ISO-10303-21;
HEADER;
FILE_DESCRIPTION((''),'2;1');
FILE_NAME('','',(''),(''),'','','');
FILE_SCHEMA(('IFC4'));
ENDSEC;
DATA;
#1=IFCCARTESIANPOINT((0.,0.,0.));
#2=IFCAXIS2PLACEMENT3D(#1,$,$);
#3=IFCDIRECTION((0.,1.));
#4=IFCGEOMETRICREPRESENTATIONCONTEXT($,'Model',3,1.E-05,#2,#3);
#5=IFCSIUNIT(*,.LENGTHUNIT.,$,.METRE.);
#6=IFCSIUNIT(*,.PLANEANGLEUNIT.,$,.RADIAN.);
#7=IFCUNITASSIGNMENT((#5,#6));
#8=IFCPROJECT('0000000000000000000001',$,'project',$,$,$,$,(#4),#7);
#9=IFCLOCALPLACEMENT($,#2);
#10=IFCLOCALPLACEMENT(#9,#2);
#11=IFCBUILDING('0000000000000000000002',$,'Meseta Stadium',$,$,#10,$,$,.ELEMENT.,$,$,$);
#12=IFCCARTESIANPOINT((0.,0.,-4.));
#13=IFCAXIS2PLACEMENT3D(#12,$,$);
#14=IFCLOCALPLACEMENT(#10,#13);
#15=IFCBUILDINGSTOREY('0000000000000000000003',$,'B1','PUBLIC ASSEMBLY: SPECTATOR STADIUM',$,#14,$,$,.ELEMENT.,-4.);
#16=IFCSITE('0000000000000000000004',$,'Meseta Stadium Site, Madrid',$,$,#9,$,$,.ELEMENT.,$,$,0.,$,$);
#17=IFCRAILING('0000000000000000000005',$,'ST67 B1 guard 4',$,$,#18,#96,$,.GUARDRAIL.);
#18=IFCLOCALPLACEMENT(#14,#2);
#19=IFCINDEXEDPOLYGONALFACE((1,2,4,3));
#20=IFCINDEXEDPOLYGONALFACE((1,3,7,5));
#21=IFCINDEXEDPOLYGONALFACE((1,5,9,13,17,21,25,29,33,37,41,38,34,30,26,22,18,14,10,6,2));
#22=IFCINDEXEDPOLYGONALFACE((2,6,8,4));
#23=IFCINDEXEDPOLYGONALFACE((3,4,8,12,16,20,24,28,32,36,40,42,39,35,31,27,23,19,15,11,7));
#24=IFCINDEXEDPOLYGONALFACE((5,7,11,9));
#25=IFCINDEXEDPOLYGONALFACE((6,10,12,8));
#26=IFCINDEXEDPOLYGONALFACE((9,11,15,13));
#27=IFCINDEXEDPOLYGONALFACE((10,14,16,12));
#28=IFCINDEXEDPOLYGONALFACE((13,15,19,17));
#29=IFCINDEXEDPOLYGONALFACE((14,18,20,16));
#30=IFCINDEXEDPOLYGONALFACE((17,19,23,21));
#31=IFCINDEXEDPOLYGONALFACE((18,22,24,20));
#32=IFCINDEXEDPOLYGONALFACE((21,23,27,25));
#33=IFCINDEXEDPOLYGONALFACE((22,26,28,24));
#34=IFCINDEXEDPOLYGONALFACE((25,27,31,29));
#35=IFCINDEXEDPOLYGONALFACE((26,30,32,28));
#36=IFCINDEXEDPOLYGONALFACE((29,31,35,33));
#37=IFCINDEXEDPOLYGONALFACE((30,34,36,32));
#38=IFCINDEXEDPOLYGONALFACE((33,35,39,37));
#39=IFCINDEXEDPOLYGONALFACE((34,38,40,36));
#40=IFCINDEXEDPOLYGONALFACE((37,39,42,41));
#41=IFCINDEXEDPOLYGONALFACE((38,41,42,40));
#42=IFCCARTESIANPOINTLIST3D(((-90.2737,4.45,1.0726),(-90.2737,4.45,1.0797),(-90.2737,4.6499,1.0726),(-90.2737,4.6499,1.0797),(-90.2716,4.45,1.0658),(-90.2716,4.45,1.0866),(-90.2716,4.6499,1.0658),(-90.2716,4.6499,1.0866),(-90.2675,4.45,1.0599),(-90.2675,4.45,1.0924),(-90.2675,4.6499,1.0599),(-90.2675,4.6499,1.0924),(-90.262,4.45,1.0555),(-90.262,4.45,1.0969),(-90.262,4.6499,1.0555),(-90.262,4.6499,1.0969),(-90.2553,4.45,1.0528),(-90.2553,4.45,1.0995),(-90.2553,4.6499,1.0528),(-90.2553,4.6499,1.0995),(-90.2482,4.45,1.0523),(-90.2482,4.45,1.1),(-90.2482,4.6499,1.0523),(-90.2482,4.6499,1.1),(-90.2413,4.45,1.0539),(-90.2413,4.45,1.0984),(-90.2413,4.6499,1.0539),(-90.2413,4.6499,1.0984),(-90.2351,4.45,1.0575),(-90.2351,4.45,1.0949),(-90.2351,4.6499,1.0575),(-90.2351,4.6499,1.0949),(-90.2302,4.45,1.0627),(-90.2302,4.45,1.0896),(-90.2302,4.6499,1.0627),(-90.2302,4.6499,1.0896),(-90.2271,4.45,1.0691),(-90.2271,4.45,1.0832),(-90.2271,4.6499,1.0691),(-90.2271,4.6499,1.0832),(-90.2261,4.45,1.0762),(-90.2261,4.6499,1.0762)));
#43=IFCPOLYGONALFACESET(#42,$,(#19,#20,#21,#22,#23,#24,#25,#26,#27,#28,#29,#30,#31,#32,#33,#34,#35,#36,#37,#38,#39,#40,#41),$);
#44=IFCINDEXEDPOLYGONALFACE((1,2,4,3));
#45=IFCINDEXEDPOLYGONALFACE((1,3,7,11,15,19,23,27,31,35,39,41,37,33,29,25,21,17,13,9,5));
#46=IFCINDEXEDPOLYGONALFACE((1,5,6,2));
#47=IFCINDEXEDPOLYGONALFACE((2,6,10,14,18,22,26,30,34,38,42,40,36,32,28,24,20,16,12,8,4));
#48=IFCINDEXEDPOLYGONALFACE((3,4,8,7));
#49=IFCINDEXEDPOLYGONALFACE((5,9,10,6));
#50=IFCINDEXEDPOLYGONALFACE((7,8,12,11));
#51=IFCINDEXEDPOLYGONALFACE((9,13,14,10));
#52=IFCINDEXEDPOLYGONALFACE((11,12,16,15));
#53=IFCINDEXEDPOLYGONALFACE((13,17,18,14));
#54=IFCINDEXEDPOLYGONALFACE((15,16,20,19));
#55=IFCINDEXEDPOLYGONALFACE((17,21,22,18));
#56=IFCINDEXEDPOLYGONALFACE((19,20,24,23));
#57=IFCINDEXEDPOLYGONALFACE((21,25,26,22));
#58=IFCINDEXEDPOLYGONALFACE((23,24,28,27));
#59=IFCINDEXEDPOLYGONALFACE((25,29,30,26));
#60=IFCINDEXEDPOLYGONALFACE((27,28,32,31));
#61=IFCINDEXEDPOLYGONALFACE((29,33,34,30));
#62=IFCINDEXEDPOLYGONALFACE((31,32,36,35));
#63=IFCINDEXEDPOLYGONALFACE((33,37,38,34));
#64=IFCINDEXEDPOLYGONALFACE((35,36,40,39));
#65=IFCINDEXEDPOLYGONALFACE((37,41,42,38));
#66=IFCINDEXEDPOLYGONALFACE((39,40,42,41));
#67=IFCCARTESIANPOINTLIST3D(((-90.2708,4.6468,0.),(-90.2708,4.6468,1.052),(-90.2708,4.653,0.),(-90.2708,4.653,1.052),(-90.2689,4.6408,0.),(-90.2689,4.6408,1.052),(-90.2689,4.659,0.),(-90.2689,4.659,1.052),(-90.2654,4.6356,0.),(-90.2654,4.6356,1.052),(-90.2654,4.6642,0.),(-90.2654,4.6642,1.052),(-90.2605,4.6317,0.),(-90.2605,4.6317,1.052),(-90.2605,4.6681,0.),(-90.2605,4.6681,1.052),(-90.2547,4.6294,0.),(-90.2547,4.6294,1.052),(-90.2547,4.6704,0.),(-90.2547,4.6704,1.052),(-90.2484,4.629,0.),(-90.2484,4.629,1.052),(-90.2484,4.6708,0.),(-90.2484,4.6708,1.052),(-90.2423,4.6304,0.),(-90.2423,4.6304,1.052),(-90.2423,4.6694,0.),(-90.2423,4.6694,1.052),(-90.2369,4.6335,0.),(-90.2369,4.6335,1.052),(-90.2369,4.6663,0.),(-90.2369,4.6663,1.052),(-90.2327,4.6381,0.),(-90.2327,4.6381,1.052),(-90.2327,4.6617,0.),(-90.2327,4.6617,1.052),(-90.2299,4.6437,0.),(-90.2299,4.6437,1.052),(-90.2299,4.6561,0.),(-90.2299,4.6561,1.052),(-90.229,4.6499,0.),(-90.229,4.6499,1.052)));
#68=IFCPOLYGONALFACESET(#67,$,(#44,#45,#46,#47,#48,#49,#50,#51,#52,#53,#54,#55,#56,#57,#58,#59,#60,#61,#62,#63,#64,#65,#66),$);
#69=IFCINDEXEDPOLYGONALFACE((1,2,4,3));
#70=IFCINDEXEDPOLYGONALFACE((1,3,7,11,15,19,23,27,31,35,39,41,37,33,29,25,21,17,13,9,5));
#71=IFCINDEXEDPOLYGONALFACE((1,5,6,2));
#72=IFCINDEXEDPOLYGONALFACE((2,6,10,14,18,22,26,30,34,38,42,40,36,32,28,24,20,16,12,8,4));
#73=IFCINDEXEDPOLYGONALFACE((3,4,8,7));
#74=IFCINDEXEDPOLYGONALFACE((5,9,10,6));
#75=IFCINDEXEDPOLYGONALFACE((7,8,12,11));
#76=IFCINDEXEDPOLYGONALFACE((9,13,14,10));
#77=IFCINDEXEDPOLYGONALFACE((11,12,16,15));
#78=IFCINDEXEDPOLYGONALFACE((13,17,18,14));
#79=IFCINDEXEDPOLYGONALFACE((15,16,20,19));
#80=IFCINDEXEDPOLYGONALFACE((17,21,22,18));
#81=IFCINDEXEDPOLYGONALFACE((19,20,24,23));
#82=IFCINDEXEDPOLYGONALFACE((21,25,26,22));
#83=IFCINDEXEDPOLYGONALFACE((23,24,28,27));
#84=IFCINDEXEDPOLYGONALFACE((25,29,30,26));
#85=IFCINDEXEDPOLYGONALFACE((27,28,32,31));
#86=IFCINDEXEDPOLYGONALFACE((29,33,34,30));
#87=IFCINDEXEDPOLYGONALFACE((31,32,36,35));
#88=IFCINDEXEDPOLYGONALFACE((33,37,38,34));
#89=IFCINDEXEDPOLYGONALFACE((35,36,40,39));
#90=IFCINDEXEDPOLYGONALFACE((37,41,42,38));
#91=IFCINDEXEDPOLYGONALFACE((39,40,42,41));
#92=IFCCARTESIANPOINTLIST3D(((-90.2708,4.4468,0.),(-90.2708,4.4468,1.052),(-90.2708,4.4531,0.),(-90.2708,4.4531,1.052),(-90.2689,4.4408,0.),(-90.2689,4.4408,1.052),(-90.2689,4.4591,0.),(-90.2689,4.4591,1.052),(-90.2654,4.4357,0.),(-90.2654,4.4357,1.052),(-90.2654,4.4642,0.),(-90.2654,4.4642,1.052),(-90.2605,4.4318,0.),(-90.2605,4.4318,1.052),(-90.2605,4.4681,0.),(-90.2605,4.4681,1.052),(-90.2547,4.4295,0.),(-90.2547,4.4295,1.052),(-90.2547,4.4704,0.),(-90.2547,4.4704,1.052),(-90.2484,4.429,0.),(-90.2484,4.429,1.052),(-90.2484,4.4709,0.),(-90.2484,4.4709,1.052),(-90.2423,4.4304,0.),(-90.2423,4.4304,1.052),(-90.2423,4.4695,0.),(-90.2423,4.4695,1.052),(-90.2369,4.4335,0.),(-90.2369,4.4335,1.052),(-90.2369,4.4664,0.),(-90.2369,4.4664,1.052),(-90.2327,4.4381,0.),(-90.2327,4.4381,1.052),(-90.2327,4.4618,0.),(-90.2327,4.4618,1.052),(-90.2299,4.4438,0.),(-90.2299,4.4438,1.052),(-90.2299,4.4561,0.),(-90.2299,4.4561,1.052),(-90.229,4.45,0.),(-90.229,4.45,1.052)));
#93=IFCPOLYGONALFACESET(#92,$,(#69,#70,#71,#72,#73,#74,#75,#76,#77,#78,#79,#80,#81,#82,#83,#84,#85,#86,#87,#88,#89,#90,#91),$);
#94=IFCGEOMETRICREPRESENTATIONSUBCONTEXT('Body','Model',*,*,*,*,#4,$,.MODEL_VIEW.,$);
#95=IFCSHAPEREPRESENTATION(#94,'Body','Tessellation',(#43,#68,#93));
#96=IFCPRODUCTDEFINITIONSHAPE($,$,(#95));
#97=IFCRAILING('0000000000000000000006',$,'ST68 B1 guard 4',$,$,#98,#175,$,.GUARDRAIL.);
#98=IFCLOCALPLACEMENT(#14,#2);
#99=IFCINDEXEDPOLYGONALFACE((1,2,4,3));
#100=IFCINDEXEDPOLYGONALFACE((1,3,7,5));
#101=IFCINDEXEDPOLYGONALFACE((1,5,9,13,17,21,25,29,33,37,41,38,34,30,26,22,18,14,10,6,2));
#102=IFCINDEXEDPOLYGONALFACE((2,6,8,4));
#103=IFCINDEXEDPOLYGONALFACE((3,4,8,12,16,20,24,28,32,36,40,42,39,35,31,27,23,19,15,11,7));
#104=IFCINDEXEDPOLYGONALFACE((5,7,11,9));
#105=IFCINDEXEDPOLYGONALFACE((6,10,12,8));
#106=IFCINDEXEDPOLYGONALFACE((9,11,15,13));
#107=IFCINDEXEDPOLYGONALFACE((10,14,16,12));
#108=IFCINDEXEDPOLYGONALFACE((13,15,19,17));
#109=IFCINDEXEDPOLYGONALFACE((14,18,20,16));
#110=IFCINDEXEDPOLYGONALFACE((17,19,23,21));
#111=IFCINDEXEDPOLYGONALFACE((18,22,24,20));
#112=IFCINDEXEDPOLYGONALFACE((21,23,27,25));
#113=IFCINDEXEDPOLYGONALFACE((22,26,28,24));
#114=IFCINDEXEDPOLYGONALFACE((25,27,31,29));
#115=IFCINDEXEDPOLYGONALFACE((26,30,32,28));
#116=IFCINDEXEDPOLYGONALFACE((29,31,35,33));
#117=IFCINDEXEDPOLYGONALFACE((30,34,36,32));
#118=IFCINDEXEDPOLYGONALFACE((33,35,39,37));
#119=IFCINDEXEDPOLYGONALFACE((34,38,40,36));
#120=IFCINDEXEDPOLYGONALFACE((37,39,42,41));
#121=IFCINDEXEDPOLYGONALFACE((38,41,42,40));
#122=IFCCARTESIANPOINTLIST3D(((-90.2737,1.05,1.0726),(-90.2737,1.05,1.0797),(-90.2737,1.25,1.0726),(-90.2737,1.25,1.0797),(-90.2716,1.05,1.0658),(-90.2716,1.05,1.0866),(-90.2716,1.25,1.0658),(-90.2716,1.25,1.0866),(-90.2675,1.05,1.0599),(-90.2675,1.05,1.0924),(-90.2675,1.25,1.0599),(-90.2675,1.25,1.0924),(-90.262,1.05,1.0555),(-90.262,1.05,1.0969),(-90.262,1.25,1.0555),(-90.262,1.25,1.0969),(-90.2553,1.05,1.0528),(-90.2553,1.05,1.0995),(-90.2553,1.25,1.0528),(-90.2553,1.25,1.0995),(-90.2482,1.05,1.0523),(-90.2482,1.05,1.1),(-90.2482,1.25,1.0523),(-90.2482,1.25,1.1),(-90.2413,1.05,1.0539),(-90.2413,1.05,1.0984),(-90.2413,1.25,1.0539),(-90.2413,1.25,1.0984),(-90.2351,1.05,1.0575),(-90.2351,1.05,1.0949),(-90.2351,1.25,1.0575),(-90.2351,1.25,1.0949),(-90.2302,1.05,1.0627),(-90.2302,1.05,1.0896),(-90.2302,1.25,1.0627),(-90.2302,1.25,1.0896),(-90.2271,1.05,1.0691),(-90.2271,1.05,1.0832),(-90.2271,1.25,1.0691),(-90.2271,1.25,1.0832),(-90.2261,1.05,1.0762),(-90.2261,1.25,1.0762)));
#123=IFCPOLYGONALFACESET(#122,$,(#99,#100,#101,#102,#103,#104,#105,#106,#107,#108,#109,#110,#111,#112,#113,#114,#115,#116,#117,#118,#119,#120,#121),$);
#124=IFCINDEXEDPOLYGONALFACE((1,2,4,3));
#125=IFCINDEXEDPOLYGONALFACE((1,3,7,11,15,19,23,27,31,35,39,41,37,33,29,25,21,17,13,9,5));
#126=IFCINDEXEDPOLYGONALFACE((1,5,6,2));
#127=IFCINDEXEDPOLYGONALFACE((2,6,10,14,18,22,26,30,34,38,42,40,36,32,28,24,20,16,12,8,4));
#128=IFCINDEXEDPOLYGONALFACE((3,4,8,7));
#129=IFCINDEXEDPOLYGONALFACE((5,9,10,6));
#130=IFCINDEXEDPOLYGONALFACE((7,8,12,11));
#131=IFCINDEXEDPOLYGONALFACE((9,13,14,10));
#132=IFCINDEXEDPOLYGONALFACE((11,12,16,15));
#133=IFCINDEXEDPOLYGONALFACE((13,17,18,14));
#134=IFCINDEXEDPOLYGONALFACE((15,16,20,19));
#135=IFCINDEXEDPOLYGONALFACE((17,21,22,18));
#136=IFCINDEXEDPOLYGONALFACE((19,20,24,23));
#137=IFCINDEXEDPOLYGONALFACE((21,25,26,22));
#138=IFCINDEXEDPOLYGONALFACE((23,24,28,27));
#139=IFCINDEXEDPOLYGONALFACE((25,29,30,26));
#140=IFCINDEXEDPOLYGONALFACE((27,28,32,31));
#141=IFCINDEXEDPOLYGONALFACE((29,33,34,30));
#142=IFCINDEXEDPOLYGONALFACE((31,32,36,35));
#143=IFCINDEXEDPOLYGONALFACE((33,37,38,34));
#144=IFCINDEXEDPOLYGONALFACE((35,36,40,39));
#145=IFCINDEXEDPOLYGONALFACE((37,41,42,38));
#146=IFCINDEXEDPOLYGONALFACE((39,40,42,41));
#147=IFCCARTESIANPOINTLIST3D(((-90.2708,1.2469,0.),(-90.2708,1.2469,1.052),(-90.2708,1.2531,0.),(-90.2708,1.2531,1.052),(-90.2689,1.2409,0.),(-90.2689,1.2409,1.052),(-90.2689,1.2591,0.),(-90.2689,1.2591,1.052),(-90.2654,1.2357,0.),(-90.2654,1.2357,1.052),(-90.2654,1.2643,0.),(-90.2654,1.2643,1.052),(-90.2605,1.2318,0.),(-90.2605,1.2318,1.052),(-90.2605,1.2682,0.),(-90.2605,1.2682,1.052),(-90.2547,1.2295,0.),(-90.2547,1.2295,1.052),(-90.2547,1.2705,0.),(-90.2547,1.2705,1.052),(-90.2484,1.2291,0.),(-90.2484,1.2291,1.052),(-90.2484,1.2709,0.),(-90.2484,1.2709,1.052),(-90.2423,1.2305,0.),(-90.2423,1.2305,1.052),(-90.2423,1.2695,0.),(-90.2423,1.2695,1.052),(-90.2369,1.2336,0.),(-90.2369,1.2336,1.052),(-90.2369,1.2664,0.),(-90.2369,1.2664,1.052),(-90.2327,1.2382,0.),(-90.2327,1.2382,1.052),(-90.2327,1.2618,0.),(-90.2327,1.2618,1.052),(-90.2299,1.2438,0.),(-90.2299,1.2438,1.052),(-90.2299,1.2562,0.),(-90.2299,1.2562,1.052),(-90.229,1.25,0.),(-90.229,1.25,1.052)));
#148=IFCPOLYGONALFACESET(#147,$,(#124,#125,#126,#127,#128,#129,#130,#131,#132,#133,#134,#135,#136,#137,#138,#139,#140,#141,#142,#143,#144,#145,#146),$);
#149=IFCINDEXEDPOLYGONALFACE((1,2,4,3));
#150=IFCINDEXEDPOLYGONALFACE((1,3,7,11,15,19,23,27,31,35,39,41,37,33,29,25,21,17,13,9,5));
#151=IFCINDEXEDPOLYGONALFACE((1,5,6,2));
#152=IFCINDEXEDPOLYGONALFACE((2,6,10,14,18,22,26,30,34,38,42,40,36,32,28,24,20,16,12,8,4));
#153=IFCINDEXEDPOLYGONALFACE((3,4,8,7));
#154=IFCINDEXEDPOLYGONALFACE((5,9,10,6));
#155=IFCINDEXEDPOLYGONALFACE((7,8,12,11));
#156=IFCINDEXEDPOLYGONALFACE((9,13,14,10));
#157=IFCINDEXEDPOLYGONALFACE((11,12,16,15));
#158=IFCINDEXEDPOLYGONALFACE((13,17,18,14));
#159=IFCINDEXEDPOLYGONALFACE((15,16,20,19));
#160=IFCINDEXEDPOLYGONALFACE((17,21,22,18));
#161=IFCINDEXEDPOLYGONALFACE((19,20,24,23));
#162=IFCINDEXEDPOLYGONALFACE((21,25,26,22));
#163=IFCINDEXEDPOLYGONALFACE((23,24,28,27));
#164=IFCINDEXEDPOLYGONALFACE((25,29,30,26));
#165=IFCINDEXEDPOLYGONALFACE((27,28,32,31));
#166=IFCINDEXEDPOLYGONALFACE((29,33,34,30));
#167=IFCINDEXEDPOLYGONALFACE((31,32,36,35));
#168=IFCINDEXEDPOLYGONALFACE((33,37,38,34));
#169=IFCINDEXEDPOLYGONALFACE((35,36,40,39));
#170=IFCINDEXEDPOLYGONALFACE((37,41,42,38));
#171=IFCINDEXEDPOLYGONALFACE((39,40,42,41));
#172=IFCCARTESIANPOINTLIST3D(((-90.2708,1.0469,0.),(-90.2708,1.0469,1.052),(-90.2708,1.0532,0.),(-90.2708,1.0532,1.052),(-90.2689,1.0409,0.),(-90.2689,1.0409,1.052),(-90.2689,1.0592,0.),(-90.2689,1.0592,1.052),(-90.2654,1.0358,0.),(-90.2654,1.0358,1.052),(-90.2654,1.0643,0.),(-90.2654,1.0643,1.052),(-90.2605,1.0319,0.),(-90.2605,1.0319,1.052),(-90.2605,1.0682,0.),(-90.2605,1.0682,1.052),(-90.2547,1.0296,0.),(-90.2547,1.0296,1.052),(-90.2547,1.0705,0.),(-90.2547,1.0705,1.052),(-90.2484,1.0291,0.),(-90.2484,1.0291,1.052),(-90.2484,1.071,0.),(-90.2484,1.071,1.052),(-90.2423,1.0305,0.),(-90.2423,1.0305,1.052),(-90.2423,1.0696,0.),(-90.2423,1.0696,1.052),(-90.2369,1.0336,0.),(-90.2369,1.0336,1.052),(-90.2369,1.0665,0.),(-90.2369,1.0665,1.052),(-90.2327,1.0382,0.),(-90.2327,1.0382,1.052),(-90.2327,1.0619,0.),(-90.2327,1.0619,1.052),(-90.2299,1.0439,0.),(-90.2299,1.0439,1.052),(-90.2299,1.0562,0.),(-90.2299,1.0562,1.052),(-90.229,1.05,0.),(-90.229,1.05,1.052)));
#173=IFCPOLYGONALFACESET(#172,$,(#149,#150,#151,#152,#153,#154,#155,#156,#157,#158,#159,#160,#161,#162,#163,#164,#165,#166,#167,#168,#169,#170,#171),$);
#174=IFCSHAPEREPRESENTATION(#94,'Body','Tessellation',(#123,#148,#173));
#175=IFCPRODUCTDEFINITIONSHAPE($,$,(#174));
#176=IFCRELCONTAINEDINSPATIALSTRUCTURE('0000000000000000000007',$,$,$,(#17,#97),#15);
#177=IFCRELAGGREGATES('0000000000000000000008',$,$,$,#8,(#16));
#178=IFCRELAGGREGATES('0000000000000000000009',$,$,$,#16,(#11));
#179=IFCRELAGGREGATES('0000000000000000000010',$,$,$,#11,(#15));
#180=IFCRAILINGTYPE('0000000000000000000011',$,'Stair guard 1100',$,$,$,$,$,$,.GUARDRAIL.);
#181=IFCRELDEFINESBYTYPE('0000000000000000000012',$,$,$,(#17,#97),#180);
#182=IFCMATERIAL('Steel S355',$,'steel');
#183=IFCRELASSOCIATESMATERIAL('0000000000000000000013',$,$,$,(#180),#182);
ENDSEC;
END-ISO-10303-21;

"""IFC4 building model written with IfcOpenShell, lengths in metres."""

from ifc_helpers import new_model, si_unit, direction, frame, origin, origin_2d, place, context, subcontext, project, spatial, circle, extrude, material, type_object, element, save


model = new_model("IFC4")

# Units and contexts
model_context = context("Model", 3, precision=1e-05, world=origin(), true_north=direction((0.0, 1.0)))
body_context = subcontext(model_context, "Body", "Model", "MODEL_VIEW")
ifc_project = project(units=[si_unit("LENGTHUNIT", "METRE"), si_unit("PLANEANGLEUNIT", "RADIAN")], contexts=[model_context])

# Site, building, storey
site_placement = place(None, origin())
site = spatial("IfcSite", under=ifc_project, at=site_placement, Name="Meseta Stadium Site, Madrid", CompositionType="ELEMENT", RefElevation=0.0)
building_placement = place(site_placement, origin())
building = spatial("IfcBuilding", under=site, at=building_placement, Name="Meseta Stadium", CompositionType="ELEMENT")
storey_placement = place(building_placement, frame((0.0, 0.0, -4.0)))
storey = spatial("IfcBuildingStorey", under=building, at=storey_placement, Name="B1", Description="PUBLIC ASSEMBLY: SPECTATOR STADIUM", CompositionType="ELEMENT", Elevation=-4.0)

# Railings
ifc_material_1 = material(Name="Steel S355", Category="steel")
railing_type_1 = type_object("IfcRailingType", Name="Stair guard 1100", PredefinedType="GUARDRAIL", material=ifc_material_1)
for number, where, name in (
    (1, (-90.25, 4.6499, 0.0), "ST67 B1 guard 4"),
    (2, (-90.25, 1.25, 0.0), "ST68 B1 guard 4"),
):
    element("IfcRailing", number, at=place(storey_placement, frame(where)), inside=storey, type_object=railing_type_1, Name=name, PredefinedType="GUARDRAIL", context=body_context, shape_type="SweptSolid", body=[
        extrude(circle(Radius=0.0239, at=origin_2d()), frame((0.0, 0.0, 1.0762), z_axis=(0.0, -1.0, 0.0), x_axis=(1.0, 0.0, 0.0)), (0.0, 0.0, 1.0), 0.2),
        extrude(circle(Radius=0.021, at=origin_2d()), origin(), (0.0, 0.0, 1.0), 1.052),
        extrude(circle(Radius=0.021, at=origin_2d()), frame((0.0, -0.2, 0.0)), (0.0, 0.0, 1.0), 1.052),
    ])

save(model, "model.ifc")
